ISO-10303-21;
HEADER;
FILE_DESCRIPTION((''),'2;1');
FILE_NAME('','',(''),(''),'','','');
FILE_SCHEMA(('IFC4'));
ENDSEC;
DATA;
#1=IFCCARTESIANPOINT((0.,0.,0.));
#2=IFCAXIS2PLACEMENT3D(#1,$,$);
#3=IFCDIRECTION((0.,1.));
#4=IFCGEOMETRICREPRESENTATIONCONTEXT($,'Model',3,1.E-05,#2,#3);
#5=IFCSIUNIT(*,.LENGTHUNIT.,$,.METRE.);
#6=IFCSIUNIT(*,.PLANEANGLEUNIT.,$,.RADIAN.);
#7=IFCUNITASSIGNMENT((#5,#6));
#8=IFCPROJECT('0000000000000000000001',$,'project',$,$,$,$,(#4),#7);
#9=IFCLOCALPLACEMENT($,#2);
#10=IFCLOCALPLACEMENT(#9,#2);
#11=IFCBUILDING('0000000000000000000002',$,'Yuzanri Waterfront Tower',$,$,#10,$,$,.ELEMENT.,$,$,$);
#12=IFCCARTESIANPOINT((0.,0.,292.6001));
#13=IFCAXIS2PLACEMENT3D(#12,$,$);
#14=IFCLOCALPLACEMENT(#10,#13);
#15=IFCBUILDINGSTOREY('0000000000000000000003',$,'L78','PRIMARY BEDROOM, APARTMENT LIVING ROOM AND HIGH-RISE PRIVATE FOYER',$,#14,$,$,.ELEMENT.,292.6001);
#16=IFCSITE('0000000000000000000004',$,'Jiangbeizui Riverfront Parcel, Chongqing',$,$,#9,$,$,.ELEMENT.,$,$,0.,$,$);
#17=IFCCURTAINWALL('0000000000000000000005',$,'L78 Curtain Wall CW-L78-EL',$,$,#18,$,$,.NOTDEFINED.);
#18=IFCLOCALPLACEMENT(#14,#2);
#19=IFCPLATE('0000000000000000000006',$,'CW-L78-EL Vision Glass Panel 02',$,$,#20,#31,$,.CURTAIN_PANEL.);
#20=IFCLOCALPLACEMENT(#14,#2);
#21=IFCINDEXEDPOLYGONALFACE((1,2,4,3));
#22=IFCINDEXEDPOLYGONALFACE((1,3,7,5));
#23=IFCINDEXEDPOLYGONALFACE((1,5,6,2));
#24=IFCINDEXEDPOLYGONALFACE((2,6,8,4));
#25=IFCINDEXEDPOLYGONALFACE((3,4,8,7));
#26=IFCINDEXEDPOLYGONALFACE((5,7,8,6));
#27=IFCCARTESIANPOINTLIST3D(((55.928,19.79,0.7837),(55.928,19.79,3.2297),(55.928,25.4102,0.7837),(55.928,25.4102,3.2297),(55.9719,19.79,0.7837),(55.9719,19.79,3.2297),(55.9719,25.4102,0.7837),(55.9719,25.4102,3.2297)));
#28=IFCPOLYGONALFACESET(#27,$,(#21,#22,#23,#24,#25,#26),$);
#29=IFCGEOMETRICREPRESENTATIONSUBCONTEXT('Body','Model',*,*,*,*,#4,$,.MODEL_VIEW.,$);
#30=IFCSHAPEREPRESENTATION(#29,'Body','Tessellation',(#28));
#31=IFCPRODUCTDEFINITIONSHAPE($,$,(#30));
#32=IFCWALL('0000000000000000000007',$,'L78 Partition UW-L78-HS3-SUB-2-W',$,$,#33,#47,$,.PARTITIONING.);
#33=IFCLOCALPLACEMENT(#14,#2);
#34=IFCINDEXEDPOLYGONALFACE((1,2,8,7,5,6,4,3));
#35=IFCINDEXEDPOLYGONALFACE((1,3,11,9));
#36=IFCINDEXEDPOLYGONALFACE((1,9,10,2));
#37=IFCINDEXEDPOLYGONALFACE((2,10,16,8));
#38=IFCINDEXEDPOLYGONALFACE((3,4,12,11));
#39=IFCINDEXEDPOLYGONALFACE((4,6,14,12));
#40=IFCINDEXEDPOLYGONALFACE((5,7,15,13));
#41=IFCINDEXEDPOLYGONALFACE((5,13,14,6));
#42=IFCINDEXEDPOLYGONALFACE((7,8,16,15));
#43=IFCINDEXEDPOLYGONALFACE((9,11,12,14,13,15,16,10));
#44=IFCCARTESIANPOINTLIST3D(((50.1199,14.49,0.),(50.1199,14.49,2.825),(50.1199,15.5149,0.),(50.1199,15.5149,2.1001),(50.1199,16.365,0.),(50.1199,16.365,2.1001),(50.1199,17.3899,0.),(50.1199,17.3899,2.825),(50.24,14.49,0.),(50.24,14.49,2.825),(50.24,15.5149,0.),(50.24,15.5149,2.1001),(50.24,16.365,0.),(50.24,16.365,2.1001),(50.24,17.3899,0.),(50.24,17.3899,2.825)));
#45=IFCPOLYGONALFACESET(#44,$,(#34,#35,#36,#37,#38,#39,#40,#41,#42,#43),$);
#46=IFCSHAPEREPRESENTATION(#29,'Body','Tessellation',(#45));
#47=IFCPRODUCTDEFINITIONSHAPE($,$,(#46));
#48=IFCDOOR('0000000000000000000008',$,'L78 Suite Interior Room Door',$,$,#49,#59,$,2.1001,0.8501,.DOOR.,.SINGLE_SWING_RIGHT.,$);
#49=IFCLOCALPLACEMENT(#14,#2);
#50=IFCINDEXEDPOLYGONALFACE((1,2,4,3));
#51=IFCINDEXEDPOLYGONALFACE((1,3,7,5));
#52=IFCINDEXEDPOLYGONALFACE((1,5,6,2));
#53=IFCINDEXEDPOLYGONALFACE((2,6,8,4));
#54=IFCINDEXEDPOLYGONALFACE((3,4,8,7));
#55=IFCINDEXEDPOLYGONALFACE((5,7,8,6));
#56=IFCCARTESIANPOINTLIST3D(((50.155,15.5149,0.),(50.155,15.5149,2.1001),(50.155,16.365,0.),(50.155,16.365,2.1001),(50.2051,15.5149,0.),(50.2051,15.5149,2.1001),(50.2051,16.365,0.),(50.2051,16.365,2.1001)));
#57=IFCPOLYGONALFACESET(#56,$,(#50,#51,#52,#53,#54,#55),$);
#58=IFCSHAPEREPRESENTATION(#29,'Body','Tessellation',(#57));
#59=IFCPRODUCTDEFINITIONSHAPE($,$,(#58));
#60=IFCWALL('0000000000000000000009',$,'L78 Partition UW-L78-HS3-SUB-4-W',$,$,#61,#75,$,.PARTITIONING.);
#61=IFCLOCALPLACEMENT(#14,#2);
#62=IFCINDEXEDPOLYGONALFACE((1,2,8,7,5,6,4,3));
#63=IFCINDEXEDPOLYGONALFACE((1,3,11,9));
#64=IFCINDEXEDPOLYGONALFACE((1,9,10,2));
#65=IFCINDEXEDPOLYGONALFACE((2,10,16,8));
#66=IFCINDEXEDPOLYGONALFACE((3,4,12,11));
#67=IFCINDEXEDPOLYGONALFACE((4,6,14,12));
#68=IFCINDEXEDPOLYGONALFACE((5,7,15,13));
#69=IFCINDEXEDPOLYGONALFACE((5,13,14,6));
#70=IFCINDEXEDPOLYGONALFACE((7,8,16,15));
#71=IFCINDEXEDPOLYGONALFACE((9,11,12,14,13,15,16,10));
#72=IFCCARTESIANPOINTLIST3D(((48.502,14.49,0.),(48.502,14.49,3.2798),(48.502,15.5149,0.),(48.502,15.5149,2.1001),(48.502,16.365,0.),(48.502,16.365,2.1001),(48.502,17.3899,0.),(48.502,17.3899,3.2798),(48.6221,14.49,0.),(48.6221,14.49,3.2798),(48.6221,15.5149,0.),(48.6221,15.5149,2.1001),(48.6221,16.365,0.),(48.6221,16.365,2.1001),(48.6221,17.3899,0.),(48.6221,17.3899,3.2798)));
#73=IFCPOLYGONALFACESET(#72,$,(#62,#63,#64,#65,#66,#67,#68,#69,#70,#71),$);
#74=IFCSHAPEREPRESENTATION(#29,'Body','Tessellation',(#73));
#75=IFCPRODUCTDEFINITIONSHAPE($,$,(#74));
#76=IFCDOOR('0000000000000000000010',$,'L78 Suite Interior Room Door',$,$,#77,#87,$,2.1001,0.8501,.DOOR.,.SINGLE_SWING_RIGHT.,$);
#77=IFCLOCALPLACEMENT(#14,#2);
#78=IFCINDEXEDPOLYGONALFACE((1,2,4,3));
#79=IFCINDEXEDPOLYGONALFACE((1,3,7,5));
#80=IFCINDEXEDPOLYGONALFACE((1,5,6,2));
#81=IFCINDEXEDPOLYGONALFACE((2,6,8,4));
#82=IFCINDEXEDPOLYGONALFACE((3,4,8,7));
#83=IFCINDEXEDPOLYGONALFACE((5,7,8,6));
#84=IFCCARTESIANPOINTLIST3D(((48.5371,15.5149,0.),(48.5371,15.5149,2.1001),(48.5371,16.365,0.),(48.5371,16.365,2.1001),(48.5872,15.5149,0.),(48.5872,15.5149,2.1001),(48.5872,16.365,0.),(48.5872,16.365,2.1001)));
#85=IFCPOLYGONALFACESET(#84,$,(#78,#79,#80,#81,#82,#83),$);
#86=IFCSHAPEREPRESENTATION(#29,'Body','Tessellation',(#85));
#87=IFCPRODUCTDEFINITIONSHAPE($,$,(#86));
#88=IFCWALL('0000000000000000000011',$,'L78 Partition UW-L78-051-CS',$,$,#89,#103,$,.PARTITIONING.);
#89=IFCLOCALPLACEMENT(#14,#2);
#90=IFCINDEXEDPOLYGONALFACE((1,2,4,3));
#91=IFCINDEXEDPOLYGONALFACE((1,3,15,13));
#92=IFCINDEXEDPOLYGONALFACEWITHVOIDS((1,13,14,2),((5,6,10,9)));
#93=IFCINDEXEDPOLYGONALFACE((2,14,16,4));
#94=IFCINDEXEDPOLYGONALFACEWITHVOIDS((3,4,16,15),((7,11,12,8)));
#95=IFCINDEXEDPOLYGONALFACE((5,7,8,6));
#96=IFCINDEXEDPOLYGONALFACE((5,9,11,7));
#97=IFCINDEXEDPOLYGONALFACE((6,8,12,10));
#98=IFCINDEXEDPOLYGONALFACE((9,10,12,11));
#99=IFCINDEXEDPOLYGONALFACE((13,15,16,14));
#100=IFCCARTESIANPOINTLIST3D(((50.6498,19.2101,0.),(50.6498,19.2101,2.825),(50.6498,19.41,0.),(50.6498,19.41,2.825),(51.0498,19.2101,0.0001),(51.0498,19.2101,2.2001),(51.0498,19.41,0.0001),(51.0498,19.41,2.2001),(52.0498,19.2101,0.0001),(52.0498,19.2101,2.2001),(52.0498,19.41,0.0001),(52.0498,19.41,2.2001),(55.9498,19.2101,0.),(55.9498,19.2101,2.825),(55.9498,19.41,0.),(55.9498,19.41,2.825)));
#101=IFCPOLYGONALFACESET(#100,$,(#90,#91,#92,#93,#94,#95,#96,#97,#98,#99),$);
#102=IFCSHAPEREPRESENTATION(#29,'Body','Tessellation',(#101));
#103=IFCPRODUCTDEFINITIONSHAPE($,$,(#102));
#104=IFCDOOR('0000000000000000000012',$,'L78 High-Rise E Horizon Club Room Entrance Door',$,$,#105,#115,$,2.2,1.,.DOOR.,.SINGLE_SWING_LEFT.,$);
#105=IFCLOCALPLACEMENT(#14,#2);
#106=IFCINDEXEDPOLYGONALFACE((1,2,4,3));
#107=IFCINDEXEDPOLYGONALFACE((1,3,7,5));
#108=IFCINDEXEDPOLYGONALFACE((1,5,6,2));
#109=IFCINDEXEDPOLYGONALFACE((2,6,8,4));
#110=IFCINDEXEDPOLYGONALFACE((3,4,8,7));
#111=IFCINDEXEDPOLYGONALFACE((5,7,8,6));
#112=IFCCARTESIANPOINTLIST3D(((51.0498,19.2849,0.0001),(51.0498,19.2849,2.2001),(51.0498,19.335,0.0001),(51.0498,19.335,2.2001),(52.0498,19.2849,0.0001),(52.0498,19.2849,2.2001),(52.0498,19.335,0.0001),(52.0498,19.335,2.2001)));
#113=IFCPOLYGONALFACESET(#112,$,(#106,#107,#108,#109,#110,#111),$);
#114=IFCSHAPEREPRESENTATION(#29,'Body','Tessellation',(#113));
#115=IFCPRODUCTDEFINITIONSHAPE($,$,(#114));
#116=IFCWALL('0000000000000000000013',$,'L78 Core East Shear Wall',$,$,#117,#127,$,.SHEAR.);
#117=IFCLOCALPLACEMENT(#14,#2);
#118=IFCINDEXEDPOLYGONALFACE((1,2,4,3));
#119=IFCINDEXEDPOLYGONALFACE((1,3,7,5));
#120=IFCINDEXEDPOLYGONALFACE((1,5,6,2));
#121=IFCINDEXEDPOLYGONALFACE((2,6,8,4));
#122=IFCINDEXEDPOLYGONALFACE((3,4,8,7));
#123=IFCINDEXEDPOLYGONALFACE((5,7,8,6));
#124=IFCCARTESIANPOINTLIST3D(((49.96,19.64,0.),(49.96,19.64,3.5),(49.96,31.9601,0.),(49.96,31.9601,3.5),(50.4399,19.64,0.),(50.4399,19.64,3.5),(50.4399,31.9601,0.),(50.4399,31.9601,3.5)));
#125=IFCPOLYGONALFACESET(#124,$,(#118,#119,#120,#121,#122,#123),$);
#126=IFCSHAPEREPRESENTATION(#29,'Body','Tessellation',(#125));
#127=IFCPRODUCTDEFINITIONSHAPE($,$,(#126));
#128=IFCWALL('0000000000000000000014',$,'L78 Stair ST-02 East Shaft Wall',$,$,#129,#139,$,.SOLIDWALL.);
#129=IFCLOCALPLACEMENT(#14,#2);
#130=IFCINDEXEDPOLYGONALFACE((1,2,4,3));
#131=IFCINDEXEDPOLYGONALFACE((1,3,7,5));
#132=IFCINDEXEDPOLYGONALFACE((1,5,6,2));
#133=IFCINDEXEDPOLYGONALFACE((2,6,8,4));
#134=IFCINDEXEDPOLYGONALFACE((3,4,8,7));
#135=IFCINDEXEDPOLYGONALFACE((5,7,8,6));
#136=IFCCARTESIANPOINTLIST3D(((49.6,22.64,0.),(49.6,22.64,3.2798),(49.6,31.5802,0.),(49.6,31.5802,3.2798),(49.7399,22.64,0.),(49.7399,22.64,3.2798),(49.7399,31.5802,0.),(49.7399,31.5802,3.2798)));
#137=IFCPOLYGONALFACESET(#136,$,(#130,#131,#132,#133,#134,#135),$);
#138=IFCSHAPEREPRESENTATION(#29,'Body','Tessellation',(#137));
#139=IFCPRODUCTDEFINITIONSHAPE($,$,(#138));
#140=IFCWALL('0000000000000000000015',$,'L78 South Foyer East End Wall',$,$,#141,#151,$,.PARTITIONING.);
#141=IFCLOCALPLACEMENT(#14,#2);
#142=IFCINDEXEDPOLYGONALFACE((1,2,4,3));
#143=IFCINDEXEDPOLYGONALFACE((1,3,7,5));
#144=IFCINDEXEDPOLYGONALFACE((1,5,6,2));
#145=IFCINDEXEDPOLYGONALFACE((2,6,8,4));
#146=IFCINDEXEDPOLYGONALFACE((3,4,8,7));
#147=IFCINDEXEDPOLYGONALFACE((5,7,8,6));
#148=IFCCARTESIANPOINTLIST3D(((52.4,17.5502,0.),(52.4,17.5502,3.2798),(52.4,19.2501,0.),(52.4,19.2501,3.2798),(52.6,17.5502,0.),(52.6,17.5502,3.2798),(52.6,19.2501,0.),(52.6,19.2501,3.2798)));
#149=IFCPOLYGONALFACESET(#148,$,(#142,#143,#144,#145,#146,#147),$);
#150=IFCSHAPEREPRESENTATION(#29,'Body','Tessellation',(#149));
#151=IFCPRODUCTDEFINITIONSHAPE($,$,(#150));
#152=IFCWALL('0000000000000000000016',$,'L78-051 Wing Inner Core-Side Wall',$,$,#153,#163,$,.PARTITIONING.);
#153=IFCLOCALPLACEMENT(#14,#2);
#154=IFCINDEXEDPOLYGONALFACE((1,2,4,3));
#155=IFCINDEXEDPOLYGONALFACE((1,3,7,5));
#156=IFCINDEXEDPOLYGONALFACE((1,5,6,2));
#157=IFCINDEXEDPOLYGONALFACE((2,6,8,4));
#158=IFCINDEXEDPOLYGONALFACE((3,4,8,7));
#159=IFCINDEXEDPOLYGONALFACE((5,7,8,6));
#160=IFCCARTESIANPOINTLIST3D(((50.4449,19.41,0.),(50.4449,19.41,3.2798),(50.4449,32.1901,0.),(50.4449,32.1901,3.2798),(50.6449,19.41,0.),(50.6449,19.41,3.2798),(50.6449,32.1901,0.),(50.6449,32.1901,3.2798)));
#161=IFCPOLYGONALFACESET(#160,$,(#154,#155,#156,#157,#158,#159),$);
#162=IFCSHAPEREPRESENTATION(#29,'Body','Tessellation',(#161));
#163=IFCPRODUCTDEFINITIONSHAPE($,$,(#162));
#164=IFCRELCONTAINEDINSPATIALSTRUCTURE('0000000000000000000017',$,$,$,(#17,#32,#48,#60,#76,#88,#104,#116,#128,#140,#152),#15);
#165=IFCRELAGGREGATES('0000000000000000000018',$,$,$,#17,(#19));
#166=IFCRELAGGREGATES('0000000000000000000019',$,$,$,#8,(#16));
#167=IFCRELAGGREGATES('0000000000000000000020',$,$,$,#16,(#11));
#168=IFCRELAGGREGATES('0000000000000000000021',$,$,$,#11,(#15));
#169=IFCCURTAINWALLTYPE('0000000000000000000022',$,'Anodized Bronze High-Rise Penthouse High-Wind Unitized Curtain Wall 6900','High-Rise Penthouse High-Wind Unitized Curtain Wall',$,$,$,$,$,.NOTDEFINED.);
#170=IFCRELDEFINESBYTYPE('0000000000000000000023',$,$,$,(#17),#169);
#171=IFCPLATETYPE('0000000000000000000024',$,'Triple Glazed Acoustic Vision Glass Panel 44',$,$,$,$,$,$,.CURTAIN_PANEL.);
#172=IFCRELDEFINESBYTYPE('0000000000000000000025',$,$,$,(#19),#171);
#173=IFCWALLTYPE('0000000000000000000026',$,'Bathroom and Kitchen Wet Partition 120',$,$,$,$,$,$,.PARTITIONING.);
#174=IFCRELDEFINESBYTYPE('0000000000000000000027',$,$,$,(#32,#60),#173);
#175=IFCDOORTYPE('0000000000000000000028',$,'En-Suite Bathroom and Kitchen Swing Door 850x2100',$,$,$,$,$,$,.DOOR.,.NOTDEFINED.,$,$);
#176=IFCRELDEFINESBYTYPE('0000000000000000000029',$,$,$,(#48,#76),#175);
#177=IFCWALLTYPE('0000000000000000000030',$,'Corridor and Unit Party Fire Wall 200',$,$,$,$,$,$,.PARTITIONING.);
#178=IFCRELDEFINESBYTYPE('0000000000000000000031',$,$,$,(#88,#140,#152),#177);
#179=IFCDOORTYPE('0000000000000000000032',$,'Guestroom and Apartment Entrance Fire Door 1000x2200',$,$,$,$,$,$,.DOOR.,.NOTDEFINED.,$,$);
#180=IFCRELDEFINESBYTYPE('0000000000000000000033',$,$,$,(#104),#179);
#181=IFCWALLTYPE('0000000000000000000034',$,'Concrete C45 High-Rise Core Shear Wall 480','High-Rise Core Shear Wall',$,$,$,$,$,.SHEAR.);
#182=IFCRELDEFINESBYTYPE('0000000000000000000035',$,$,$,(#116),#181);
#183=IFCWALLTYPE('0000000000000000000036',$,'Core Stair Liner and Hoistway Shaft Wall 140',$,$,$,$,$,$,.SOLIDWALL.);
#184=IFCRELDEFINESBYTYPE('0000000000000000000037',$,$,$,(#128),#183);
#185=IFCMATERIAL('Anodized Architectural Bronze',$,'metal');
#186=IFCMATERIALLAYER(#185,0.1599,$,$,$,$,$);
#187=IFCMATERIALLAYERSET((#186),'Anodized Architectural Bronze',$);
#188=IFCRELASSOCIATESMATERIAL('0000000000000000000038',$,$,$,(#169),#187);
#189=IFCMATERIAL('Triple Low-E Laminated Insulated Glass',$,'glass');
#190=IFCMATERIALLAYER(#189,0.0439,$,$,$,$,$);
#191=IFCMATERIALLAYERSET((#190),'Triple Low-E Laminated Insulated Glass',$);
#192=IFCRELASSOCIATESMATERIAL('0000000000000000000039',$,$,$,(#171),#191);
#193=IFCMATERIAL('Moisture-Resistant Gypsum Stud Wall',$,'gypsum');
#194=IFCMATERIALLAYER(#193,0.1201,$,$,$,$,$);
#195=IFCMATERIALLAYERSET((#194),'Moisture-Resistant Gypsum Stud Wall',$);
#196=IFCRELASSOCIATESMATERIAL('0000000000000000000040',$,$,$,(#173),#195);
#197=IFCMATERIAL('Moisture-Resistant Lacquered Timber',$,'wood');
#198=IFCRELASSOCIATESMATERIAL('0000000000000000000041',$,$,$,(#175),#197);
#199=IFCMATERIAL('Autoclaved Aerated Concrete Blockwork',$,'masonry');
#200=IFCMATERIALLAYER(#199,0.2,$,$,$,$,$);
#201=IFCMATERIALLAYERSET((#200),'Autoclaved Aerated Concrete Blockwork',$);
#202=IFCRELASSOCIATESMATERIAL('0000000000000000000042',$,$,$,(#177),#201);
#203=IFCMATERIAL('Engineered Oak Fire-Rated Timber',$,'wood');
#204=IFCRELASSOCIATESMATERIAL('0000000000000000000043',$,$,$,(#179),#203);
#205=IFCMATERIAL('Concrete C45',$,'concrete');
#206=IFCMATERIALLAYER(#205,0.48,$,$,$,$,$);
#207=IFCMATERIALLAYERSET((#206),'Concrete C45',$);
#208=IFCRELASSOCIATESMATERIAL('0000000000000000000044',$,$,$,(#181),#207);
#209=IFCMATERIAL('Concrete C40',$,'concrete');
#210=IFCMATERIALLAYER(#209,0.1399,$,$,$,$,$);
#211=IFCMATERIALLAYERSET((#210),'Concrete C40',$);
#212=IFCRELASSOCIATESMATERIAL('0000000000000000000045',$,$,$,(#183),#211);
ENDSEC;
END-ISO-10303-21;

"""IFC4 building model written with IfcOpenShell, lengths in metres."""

from ifc_helpers import new_model, si_unit, direction, frame, frame_2d, origin, origin_2d, place, context, subcontext, project, spatial, rectangle, extrude, source, transform, mapped, material, layer, layer_set, type_object, element, fill, aggregate, save


model = new_model("IFC4")

# Units and contexts
model_context = context("Model", 3, precision=1e-05, world=origin(), true_north=direction((0.0, 1.0)))
body_context = subcontext(model_context, "Body", "Model", "MODEL_VIEW")
ifc_project = project(units=[si_unit("LENGTHUNIT", "METRE"), si_unit("PLANEANGLEUNIT", "RADIAN")], contexts=[model_context])

# Site, building, storey
site_placement = place(None, origin())
site = spatial("IfcSite", under=ifc_project, at=site_placement, Name="Jiangbeizui Riverfront Parcel, Chongqing", CompositionType="ELEMENT", RefElevation=0.0)
building_placement = place(site_placement, origin())
building = spatial("IfcBuilding", under=site, at=building_placement, Name="Yuzanri Waterfront Tower", CompositionType="ELEMENT")
storey_placement = place(building_placement, frame((0.0, 0.0, 292.6001)))
storey = spatial("IfcBuildingStorey", under=building, at=storey_placement, Name="L78", Description="PRIMARY BEDROOM, APARTMENT LIVING ROOM AND HIGH-RISE PRIVATE FOYER", CompositionType="ELEMENT", Elevation=292.6001)

# Curtain wall, plate
ifc_material_1 = material(Name="Anodized Architectural Bronze", Category="metal")
ifc_layer_1 = layer(ifc_material_1, 0.1599)
ifc_layer_set_1 = layer_set([ifc_layer_1], Name="Anodized Architectural Bronze")
curtain_wall_type = type_object("IfcCurtainWallType", Name="Anodized Bronze High-Rise Penthouse High-Wind Unitized Curtain Wall 6900", Description="High-Rise Penthouse High-Wind Unitized Curtain Wall", PredefinedType="NOTDEFINED", material=ifc_layer_set_1)
curtain_wall_placement = place(storey_placement, origin())
curtain_wall = element("IfcCurtainWall", 1, at=curtain_wall_placement, inside=storey, type_object=curtain_wall_type, Name="L78 Curtain Wall CW-L78-EL", PredefinedType="NOTDEFINED")
ifc_material_2 = material(Name="Triple Low-E Laminated Insulated Glass", Category="glass")
ifc_layer_2 = layer(ifc_material_2, 0.0439)
ifc_layer_set_2 = layer_set([ifc_layer_2], Name="Triple Low-E Laminated Insulated Glass")
plate_type_1 = type_object("IfcPlateType", Name="Triple Glazed Acoustic Vision Glass Panel 44", PredefinedType="CURTAIN_PANEL", material=ifc_layer_set_2)
shared_shape_1 = source(origin(), body_context, "Body", "SweptSolid", [
    extrude(rectangle(XDim=5.6201, YDim=0.0439, at=origin_2d()), origin(), (0.0, 0.0, 1.0), 2.446),
])
plate_1_placement = place(storey_placement, frame((55.95, 22.6001, 0.7837), z_axis=(0.0, 0.0, 1.0), x_axis=(0.0, 1.0, 0.0)))
plate_1 = element("IfcPlate", 2, at=plate_1_placement, type_object=plate_type_1, Name="CW-L78-EL Vision Glass Panel 02", PredefinedType="CURTAIN_PANEL", context=body_context, shape_type="MappedRepresentation", body=[
    mapped(shared_shape_1, transform((0.0, 0.0, 0.0), scale=1.0)),
])
aggregate(curtain_wall, [plate_1])

# Walls, openings, doors
ifc_material_3 = material(Name="Moisture-Resistant Gypsum Stud Wall", Category="gypsum")
ifc_layer_3 = layer(ifc_material_3, 0.1201)
ifc_layer_set_3 = layer_set([ifc_layer_3], Name="Moisture-Resistant Gypsum Stud Wall")
wall_type_1 = type_object("IfcWallType", Name="Bathroom and Kitchen Wet Partition 120", PredefinedType="PARTITIONING", material=ifc_layer_set_3)
wall_1_placement = place(storey_placement, frame((50.1799, 14.49, 0.0), z_axis=(0.0, 0.0, 1.0), x_axis=(0.0, 1.0, 0.0)))
wall_1 = element("IfcWall", 3, at=wall_1_placement, inside=storey, type_object=wall_type_1, Name="L78 Partition UW-L78-HS3-SUB-2-W", PredefinedType="PARTITIONING", context=body_context, shape_type="SweptSolid", body=[
    extrude(rectangle(XDim=2.8999, YDim=0.1201, at=frame_2d((1.45, 0.0))), origin(), (0.0, 0.0, 1.0), 2.825),
])
opening_1_placement = place(wall_1_placement, frame((1.0249, 0.0, 0.0)))
opening_1 = element("IfcOpeningElement", 4, at=opening_1_placement, cuts=wall_1, PredefinedType="OPENING", context=body_context, shape_type="SweptSolid", body=[
    extrude(rectangle(XDim=0.8501, YDim=2.1001, at=frame_2d((0.425, 1.05))), frame((0.0, 0.075, 0.0), z_axis=(0.0, -1.0, 0.0), x_axis=(1.0, 0.0, 0.0)), (0.0, 0.0, 1.0), 0.1499),
])
ifc_material_4 = material(Name="Moisture-Resistant Lacquered Timber", Category="wood")
door_type_1 = type_object("IfcDoorType", Name="En-Suite Bathroom and Kitchen Swing Door 850x2100", OperationType="NOTDEFINED", PredefinedType="DOOR", material=ifc_material_4)
shared_shape_2 = source(origin(), body_context, "Body", "SweptSolid", [
    extrude(rectangle(XDim=0.8501, YDim=2.1001, at=frame_2d((0.425, 1.05))), frame((0.0, 0.0249, 0.0), z_axis=(0.0, -1.0, 0.0), x_axis=(1.0, 0.0, 0.0)), (0.0, 0.0, 1.0), 0.05),
])
door_1_placement = place(opening_1_placement, origin())
door_1 = element("IfcDoor", 5, at=door_1_placement, inside=storey, type_object=door_type_1, Name="L78 Suite Interior Room Door", OperationType="SINGLE_SWING_RIGHT", OverallHeight=2.1001, OverallWidth=0.8501, PredefinedType="DOOR", context=body_context, shape_type="MappedRepresentation", body=[
    mapped(shared_shape_2, transform((0.0, 0.0, 0.0), scale=1.0)),
])
fill(opening_1, door_1)
wall_2_placement = place(storey_placement, frame((48.562, 14.49, 0.0), z_axis=(0.0, 0.0, 1.0), x_axis=(0.0, 1.0, 0.0)))
wall_2 = element("IfcWall", 6, at=wall_2_placement, inside=storey, type_object=wall_type_1, Name="L78 Partition UW-L78-HS3-SUB-4-W", PredefinedType="PARTITIONING", context=body_context, shape_type="SweptSolid", body=[
    extrude(rectangle(XDim=2.8999, YDim=0.1201, at=frame_2d((1.45, 0.0))), origin(), (0.0, 0.0, 1.0), 3.2798),
])
opening_2_placement = place(wall_2_placement, frame((1.0249, 0.0, 0.0)))
opening_2 = element("IfcOpeningElement", 7, at=opening_2_placement, cuts=wall_2, PredefinedType="OPENING", context=body_context, shape_type="SweptSolid", body=[
    extrude(rectangle(XDim=0.8501, YDim=2.1001, at=frame_2d((0.425, 1.05))), frame((0.0, 0.075, 0.0), z_axis=(0.0, -1.0, 0.0), x_axis=(1.0, 0.0, 0.0)), (0.0, 0.0, 1.0), 0.1499),
])
door_2_placement = place(opening_2_placement, origin())
door_2 = element("IfcDoor", 8, at=door_2_placement, inside=storey, type_object=door_type_1, Name="L78 Suite Interior Room Door", OperationType="SINGLE_SWING_RIGHT", OverallHeight=2.1001, OverallWidth=0.8501, PredefinedType="DOOR", context=body_context, shape_type="MappedRepresentation", body=[
    mapped(shared_shape_2, transform((0.0, 0.0, 0.0), scale=1.0)),
])
fill(opening_2, door_2)
ifc_material_5 = material(Name="Autoclaved Aerated Concrete Blockwork", Category="masonry")
ifc_layer_4 = layer(ifc_material_5, 0.2)
ifc_layer_set_4 = layer_set([ifc_layer_4], Name="Autoclaved Aerated Concrete Blockwork")
wall_type_2 = type_object("IfcWallType", Name="Corridor and Unit Party Fire Wall 200", PredefinedType="PARTITIONING", material=ifc_layer_set_4)
wall_3_placement = place(storey_placement, frame((50.6499, 19.3101, 0.0), z_axis=(0.0, 0.0, 1.0), x_axis=(1.0, 0.0, 0.0)))
wall_3 = element("IfcWall", 9, at=wall_3_placement, inside=storey, type_object=wall_type_2, Name="L78 Partition UW-L78-051-CS", PredefinedType="PARTITIONING", context=body_context, shape_type="SweptSolid", body=[
    extrude(rectangle(XDim=5.3, YDim=0.2, at=frame_2d((2.6499, 0.0))), origin(), (0.0, 0.0, 1.0), 2.825),
])
opening_3_placement = place(wall_3_placement, frame((0.3999, 0.0, 0.0)))
opening_3 = element("IfcOpeningElement", 10, at=opening_3_placement, cuts=wall_3, PredefinedType="OPENING", context=body_context, shape_type="SweptSolid", body=[
    extrude(rectangle(XDim=1.0, YDim=2.2, at=frame_2d((0.5, 1.1001))), frame((0.0, 0.1147, 0.0), z_axis=(0.0, -1.0, 0.0), x_axis=(1.0, 0.0, 0.0)), (0.0, 0.0, 1.0), 0.2297),
])
ifc_material_6 = material(Name="Engineered Oak Fire-Rated Timber", Category="wood")
door_type_2 = type_object("IfcDoorType", Name="Guestroom and Apartment Entrance Fire Door 1000x2200", OperationType="NOTDEFINED", PredefinedType="DOOR", material=ifc_material_6)
shared_shape_3 = source(origin(), body_context, "Body", "SweptSolid", [
    extrude(rectangle(XDim=1.0, YDim=2.2, at=frame_2d((0.5, 1.1001))), frame((0.0, 0.0249, 0.0), z_axis=(0.0, -1.0, 0.0), x_axis=(1.0, 0.0, 0.0)), (0.0, 0.0, 1.0), 0.05),
])
door_3_placement = place(opening_3_placement, origin())
door_3 = element("IfcDoor", 11, at=door_3_placement, inside=storey, type_object=door_type_2, Name="L78 High-Rise E Horizon Club Room Entrance Door", OperationType="SINGLE_SWING_LEFT", OverallHeight=2.2, OverallWidth=1.0, PredefinedType="DOOR", context=body_context, shape_type="MappedRepresentation", body=[
    mapped(shared_shape_3, transform((0.0, 0.0, 0.0), scale=1.0)),
])
fill(opening_3, door_3)

# Walls
ifc_material_7 = material(Name="Concrete C45", Category="concrete")
ifc_layer_5 = layer(ifc_material_7, 0.48)
ifc_layer_set_5 = layer_set([ifc_layer_5], Name="Concrete C45")
wall_type_3 = type_object("IfcWallType", Name="Concrete C45 High-Rise Core Shear Wall 480", Description="High-Rise Core Shear Wall", PredefinedType="SHEAR", material=ifc_layer_set_5)
shared_shape_4 = source(origin(), body_context, "Body", "SweptSolid", [
    extrude(rectangle(XDim=12.3201, YDim=0.48, at=frame_2d((6.1602, 0.0))), origin(), (0.0, 0.0, 1.0), 3.5),
])
wall_4_placement = place(storey_placement, frame((50.2, 19.6399, 0.0), z_axis=(0.0, 0.0, 1.0), x_axis=(0.0, 1.0, 0.0)))
element("IfcWall", 12, at=wall_4_placement, inside=storey, type_object=wall_type_3, Name="L78 Core East Shear Wall", PredefinedType="SHEAR", context=body_context, shape_type="MappedRepresentation", body=[
    mapped(shared_shape_4, transform((0.0, 0.0, 0.0), scale=1.0)),
])
ifc_material_8 = material(Name="Concrete C40", Category="concrete")
ifc_layer_6 = layer(ifc_material_8, 0.1399)
ifc_layer_set_6 = layer_set([ifc_layer_6], Name="Concrete C40")
wall_type_4 = type_object("IfcWallType", Name="Core Stair Liner and Hoistway Shaft Wall 140", PredefinedType="SOLIDWALL", material=ifc_layer_set_6)
shared_shape_5 = source(origin(), body_context, "Body", "SweptSolid", [
    extrude(rectangle(XDim=8.9402, YDim=0.1399, at=frame_2d((4.4702, 0.0))), origin(), (0.0, 0.0, 1.0), 3.2798),
])
wall_5_placement = place(storey_placement, frame((49.6699, 22.6399, 0.0), z_axis=(0.0, 0.0, 1.0), x_axis=(0.0, 1.0, 0.0)))
element("IfcWall", 13, at=wall_5_placement, inside=storey, type_object=wall_type_4, Name="L78 Stair ST-02 East Shaft Wall", PredefinedType="SOLIDWALL", context=body_context, shape_type="MappedRepresentation", body=[
    mapped(shared_shape_5, transform((0.0, 0.0, 0.0), scale=1.0)),
])
shared_shape_6 = source(origin(), body_context, "Body", "SweptSolid", [
    extrude(rectangle(XDim=1.7, YDim=0.2, at=frame_2d((0.8501, 0.0))), origin(), (0.0, 0.0, 1.0), 3.2798),
])
wall_6_placement = place(storey_placement, frame((52.5, 17.55, 0.0), z_axis=(0.0, 0.0, 1.0), x_axis=(0.0, 1.0, 0.0)))
element("IfcWall", 14, at=wall_6_placement, inside=storey, type_object=wall_type_2, Name="L78 South Foyer East End Wall", PredefinedType="PARTITIONING", context=body_context, shape_type="MappedRepresentation", body=[
    mapped(shared_shape_6, transform((0.0, 0.0, 0.0), scale=1.0)),
])
shared_shape_7 = source(origin(), body_context, "Body", "SweptSolid", [
    extrude(rectangle(XDim=12.78, YDim=0.2, at=frame_2d((6.3901, 0.0))), origin(), (0.0, 0.0, 1.0), 3.2798),
])
wall_7_placement = place(storey_placement, frame((50.5449, 19.4099, 0.0), z_axis=(0.0, 0.0, 1.0), x_axis=(0.0, 1.0, 0.0)))
element("IfcWall", 15, at=wall_7_placement, inside=storey, type_object=wall_type_2, Name="L78-051 Wing Inner Core-Side Wall", PredefinedType="PARTITIONING", context=body_context, shape_type="MappedRepresentation", body=[
    mapped(shared_shape_7, transform((0.0, 0.0, 0.0), scale=1.0)),
])

save(model, "model.ifc")
